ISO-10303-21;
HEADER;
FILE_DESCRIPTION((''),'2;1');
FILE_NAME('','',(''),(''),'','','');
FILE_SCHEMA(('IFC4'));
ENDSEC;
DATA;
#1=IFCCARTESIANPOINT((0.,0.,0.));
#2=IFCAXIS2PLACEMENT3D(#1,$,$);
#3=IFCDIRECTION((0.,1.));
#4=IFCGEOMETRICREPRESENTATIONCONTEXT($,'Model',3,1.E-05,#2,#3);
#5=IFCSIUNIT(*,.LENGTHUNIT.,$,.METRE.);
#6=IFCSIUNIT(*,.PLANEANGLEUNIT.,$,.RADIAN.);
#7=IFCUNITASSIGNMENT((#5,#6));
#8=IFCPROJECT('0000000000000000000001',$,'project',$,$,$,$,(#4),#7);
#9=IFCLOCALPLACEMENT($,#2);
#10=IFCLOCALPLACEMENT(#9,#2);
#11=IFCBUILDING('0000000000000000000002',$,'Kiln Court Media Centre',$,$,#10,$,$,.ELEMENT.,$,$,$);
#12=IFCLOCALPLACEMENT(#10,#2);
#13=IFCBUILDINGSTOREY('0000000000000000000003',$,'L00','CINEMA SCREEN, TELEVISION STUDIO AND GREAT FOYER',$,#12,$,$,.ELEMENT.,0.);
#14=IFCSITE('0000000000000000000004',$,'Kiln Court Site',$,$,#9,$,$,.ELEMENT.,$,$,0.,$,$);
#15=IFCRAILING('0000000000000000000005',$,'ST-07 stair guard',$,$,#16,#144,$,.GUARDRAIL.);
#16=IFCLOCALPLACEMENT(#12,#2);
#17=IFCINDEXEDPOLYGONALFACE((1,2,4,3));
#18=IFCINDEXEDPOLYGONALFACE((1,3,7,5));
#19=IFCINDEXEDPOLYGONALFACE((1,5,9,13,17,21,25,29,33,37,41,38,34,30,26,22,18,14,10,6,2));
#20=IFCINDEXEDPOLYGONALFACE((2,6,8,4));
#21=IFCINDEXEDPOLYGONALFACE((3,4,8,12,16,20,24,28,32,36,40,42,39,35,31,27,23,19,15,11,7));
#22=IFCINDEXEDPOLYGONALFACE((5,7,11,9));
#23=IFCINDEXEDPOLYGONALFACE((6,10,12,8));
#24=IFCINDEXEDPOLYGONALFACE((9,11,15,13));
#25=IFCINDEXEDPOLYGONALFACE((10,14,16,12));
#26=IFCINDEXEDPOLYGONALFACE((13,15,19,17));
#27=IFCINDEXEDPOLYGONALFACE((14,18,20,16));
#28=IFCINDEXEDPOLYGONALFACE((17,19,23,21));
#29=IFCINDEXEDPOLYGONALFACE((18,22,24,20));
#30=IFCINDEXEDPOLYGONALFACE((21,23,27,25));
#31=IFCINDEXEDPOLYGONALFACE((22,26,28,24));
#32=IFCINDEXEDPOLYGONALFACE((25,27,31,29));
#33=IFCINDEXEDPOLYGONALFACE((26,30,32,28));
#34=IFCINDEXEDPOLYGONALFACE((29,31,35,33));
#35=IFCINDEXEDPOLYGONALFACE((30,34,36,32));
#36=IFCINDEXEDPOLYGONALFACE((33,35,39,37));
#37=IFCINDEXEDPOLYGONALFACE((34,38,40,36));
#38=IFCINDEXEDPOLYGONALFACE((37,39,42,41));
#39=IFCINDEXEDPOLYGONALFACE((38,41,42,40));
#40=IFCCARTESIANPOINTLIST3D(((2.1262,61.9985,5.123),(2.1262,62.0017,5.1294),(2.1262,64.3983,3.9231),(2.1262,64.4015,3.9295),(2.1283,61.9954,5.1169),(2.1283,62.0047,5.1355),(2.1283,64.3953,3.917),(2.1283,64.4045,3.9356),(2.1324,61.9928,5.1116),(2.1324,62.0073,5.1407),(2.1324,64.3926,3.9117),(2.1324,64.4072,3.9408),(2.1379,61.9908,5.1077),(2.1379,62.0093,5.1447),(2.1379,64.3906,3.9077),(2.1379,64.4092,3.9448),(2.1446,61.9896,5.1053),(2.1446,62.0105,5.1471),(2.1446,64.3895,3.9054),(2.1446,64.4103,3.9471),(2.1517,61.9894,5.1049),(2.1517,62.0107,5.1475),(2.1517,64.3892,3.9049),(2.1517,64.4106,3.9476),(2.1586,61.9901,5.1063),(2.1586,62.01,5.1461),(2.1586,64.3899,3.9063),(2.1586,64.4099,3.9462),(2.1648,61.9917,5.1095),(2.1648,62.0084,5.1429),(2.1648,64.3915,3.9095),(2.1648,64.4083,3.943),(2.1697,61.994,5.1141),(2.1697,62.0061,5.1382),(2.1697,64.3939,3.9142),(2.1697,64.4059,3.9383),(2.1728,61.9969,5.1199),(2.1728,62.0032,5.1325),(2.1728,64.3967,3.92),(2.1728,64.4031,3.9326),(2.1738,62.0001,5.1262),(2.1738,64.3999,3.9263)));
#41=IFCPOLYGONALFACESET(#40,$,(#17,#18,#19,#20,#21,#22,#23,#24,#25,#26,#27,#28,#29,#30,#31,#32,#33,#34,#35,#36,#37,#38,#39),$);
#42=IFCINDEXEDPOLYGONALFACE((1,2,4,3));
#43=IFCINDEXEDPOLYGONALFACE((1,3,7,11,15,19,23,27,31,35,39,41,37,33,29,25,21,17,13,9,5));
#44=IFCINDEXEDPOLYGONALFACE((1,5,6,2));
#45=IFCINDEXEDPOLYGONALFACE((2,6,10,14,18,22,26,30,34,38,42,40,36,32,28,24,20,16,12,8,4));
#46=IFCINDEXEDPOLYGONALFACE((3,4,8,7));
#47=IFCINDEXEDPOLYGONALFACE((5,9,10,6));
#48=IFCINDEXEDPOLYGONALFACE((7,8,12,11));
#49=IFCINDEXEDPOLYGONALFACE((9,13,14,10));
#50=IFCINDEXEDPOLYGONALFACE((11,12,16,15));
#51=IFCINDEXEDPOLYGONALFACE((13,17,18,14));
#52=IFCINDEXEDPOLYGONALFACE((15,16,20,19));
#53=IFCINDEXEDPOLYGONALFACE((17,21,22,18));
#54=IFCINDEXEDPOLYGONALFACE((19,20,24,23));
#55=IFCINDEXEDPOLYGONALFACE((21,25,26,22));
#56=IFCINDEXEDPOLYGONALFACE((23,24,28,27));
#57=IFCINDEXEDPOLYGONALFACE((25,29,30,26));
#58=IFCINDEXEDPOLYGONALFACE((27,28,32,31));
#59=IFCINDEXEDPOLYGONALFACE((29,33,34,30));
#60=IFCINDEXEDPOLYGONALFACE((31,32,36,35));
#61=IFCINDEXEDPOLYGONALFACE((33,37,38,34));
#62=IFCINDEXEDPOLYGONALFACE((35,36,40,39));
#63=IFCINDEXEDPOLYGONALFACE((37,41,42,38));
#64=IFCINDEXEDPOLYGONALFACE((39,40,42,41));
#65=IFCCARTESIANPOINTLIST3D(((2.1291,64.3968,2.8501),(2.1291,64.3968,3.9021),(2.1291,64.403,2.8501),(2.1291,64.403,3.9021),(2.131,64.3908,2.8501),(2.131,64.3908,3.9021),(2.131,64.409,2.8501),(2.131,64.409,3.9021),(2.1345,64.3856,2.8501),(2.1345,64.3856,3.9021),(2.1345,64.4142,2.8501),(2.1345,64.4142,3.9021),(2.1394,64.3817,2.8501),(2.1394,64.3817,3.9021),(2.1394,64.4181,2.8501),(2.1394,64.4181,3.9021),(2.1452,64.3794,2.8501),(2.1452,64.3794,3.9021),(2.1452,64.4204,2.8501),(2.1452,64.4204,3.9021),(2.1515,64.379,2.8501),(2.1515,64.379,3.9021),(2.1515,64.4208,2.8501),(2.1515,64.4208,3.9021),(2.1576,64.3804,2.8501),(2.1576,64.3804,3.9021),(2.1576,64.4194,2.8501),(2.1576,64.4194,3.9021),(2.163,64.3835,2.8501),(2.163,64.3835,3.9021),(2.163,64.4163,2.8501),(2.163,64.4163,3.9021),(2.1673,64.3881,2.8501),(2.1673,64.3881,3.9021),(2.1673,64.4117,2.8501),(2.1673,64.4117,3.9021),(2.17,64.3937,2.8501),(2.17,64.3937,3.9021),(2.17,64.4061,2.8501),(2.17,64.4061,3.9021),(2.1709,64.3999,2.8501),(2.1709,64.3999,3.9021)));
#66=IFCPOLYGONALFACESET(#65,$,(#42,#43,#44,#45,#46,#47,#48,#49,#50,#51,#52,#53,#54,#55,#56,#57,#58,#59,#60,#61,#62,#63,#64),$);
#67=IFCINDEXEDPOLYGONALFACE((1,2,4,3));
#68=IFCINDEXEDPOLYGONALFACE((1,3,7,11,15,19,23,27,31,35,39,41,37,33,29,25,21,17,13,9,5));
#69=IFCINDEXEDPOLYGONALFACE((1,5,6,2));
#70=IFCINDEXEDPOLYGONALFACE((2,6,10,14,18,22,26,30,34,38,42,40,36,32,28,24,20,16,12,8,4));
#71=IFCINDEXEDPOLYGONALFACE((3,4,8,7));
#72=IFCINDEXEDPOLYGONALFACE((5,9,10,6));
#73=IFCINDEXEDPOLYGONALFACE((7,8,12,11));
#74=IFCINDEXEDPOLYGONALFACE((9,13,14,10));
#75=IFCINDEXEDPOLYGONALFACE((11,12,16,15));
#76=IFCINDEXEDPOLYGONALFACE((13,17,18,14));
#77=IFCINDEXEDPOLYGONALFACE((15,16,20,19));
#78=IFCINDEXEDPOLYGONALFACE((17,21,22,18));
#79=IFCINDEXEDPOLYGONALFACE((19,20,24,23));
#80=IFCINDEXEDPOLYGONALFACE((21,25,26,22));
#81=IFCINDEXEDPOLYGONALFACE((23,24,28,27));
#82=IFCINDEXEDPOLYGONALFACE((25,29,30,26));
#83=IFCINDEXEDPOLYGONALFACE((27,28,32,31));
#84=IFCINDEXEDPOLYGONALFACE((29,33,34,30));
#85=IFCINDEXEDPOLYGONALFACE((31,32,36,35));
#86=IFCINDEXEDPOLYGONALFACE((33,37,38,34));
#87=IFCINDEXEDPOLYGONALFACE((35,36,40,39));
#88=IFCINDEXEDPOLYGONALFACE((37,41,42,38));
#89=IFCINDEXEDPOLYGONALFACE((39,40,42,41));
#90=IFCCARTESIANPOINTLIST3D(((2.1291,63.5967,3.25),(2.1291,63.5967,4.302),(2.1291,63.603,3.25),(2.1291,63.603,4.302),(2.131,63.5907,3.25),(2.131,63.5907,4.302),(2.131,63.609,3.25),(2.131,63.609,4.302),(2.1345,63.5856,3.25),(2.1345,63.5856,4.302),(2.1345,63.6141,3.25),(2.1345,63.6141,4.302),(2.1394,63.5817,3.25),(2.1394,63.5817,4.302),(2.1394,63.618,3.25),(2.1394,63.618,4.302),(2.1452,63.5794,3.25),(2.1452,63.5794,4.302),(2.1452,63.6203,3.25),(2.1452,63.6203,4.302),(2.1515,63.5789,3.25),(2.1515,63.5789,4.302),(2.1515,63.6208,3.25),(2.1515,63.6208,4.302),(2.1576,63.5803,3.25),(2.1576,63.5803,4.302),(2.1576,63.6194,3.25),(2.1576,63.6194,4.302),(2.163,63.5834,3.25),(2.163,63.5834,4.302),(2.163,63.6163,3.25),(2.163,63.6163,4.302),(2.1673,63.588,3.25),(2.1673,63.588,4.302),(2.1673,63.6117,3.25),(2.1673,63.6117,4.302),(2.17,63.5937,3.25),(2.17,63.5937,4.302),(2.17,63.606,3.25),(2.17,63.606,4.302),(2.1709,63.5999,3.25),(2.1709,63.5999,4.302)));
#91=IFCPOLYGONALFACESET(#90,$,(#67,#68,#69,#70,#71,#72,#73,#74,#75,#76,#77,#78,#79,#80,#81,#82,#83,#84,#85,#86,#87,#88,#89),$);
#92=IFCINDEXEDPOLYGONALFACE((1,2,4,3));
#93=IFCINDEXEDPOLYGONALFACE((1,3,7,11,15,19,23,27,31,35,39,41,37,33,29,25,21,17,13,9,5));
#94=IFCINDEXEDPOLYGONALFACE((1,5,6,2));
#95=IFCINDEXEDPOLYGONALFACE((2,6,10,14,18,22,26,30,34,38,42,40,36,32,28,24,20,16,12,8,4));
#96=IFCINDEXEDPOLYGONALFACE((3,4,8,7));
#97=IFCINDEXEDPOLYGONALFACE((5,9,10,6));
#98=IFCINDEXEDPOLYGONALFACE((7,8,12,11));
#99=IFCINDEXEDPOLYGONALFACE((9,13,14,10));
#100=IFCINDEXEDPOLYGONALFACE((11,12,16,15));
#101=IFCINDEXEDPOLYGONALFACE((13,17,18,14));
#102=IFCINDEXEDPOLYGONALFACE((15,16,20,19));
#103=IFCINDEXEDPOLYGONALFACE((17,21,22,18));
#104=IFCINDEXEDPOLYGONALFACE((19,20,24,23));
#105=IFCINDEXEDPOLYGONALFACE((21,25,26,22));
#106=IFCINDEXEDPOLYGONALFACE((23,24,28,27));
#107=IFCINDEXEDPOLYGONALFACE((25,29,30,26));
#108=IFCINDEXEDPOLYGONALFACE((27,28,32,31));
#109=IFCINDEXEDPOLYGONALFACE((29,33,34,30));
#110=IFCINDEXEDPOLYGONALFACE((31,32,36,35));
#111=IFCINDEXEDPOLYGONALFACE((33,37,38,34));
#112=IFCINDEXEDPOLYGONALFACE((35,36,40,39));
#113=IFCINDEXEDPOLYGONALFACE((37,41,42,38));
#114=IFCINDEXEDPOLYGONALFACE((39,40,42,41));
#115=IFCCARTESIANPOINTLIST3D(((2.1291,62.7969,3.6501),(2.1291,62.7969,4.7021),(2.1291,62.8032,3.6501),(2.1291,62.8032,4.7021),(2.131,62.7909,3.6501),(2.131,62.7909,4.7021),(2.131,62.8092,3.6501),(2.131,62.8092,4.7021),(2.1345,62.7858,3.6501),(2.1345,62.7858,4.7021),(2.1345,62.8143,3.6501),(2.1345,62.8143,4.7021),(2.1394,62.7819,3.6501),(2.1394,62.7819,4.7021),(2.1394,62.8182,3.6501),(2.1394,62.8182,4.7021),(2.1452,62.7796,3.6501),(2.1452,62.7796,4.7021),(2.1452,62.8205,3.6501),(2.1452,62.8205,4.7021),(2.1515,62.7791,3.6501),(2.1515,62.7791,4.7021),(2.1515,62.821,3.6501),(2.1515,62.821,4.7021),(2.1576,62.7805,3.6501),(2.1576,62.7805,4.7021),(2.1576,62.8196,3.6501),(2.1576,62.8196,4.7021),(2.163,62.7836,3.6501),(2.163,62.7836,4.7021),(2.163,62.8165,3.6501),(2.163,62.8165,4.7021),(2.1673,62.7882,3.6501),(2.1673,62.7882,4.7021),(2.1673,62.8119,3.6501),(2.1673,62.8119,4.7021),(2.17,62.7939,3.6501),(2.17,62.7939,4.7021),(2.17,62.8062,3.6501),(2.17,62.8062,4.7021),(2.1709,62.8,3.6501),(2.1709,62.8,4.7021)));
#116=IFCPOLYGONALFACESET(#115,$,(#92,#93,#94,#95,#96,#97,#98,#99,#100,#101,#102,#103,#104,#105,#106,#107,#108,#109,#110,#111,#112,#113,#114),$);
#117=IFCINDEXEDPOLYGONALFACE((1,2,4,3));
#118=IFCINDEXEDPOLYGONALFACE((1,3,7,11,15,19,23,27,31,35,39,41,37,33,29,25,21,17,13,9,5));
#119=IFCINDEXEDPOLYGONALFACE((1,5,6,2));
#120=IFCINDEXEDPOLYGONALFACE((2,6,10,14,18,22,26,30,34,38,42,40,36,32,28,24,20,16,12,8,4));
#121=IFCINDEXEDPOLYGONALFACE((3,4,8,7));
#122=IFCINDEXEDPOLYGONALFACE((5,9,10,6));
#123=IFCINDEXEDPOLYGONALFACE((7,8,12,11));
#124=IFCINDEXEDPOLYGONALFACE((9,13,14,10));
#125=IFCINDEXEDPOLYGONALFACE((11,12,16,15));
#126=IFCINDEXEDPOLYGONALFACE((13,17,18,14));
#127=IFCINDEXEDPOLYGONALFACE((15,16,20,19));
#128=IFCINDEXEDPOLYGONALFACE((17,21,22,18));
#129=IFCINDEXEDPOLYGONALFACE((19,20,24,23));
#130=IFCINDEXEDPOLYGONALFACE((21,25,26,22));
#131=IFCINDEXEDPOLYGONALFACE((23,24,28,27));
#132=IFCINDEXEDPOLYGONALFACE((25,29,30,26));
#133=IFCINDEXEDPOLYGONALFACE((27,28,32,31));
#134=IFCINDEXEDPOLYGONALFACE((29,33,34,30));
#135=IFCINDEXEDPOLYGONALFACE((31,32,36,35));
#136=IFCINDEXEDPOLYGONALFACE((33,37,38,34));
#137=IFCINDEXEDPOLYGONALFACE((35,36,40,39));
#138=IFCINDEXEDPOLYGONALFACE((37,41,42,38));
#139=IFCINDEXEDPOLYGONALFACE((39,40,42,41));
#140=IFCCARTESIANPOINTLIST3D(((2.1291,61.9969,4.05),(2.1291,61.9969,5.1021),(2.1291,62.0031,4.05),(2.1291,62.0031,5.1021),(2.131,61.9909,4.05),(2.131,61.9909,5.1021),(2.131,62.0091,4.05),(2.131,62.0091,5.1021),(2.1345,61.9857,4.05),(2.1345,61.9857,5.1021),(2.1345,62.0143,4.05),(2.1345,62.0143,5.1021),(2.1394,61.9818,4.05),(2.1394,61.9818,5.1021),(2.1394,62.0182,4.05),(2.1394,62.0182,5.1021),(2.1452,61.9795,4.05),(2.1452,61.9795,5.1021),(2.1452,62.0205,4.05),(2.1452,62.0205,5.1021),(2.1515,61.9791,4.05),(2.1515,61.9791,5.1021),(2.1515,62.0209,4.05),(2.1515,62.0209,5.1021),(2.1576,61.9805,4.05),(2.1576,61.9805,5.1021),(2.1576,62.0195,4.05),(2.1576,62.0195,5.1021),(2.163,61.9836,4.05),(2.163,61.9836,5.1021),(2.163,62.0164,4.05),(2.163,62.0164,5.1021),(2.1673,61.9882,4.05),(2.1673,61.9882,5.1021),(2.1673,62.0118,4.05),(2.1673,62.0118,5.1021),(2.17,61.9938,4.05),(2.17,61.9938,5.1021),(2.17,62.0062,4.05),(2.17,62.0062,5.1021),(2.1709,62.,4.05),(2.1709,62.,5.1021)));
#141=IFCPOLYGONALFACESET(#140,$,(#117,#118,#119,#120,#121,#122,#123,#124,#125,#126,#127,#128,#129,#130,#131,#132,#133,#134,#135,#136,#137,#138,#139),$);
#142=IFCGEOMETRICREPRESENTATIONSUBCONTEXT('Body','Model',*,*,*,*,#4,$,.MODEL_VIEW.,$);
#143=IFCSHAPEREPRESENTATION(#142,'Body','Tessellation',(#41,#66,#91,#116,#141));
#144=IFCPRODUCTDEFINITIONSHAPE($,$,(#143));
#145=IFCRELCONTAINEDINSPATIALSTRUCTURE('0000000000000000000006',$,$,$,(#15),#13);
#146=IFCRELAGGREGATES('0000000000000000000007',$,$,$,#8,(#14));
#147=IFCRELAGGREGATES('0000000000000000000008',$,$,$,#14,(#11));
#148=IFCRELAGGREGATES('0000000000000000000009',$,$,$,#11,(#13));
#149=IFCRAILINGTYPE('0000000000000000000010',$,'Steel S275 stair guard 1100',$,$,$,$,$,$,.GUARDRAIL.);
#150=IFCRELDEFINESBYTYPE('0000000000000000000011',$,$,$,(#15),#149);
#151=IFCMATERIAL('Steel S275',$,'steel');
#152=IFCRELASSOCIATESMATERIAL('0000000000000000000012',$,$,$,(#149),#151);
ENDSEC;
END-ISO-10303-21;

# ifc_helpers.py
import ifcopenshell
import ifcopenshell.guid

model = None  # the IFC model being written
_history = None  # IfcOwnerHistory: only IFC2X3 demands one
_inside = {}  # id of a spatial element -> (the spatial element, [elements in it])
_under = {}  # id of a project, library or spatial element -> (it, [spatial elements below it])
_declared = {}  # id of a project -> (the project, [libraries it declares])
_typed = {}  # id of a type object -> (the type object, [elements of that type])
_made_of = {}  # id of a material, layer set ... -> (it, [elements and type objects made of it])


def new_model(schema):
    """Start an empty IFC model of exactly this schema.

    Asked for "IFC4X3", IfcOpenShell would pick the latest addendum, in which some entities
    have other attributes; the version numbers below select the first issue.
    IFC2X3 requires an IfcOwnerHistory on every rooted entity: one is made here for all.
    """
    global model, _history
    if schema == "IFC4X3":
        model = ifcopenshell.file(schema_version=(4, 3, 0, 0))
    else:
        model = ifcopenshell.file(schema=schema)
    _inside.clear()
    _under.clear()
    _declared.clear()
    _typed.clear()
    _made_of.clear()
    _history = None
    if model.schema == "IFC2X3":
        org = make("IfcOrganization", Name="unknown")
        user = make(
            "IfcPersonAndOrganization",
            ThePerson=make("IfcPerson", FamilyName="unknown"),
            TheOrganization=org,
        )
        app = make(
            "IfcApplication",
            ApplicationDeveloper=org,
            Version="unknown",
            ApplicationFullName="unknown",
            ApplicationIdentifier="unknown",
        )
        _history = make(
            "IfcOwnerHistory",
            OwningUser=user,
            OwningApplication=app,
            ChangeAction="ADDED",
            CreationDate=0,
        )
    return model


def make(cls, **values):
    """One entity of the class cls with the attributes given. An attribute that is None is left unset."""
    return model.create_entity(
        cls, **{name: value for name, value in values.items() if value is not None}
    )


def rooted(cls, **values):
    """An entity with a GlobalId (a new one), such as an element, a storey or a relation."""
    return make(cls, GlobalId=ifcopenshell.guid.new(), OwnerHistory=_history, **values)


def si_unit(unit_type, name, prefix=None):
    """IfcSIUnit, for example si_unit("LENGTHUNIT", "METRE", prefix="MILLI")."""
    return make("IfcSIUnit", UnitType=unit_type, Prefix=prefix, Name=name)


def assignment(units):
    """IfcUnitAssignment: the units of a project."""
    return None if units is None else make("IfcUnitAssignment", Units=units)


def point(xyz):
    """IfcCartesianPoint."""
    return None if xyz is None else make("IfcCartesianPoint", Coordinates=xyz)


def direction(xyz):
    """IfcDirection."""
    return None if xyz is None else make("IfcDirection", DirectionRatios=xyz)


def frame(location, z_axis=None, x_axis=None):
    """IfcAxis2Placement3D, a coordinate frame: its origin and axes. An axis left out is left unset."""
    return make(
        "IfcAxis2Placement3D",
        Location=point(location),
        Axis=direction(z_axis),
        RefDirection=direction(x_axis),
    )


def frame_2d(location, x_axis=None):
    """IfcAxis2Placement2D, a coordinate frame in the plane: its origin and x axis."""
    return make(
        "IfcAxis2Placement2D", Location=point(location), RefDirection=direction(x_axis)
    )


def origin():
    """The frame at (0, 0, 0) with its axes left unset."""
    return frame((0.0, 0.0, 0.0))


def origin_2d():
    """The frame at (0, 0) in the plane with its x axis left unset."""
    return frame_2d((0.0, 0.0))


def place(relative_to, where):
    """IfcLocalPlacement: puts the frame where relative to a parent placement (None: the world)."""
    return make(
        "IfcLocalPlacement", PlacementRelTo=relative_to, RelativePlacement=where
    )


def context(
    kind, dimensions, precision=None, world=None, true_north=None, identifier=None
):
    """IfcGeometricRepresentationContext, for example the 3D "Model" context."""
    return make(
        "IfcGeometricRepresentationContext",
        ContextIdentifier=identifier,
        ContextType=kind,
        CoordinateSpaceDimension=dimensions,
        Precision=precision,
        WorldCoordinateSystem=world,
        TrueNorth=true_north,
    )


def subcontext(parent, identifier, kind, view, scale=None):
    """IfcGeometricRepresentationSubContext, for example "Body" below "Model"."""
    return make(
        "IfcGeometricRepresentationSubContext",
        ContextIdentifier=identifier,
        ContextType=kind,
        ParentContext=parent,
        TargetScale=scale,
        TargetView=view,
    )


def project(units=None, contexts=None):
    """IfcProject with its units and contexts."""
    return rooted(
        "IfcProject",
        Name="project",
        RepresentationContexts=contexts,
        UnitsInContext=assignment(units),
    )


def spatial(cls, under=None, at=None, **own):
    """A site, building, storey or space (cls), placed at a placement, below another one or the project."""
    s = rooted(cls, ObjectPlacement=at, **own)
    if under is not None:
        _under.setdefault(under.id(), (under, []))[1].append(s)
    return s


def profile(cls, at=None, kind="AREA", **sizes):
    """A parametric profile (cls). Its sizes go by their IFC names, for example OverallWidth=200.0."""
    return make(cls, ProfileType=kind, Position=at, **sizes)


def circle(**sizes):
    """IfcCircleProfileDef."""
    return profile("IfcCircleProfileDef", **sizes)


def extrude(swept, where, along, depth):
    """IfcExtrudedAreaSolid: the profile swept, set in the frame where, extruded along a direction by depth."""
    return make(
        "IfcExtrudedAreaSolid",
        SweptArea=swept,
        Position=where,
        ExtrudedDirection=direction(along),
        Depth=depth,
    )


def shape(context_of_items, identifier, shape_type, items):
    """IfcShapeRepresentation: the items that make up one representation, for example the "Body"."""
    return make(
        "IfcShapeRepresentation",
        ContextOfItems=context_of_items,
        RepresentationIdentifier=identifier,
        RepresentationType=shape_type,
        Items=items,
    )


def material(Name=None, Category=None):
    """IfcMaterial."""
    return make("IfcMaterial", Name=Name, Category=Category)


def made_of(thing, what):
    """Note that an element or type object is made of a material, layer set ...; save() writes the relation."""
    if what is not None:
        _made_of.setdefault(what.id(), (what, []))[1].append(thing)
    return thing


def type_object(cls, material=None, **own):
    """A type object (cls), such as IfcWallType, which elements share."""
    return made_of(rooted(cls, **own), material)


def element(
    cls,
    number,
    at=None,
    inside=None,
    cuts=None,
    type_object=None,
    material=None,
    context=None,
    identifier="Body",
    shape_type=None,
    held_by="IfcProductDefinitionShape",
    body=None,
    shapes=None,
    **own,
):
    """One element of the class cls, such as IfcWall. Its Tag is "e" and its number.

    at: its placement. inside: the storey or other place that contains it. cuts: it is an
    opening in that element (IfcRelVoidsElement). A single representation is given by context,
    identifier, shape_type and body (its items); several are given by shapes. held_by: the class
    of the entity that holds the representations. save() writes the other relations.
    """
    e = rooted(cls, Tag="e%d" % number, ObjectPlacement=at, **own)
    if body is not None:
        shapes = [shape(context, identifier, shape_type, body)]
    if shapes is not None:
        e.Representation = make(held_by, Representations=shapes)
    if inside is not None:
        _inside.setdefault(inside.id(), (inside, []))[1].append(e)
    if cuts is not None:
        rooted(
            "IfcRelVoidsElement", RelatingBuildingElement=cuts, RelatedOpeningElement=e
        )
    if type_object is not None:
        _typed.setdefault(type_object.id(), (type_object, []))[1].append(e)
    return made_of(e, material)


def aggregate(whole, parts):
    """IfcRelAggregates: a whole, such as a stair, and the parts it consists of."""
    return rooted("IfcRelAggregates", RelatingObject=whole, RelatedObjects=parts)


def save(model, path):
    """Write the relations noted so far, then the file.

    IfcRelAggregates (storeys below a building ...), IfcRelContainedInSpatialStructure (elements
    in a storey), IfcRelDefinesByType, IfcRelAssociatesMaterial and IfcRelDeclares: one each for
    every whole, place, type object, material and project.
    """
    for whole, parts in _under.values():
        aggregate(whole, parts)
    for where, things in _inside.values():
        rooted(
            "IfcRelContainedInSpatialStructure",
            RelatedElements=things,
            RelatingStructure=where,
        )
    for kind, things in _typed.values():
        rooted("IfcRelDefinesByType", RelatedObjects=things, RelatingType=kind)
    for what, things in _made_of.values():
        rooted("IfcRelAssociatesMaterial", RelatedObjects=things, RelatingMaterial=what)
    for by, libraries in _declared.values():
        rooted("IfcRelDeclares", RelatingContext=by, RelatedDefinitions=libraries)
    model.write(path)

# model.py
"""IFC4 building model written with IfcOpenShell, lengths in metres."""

from ifc_helpers import new_model, si_unit, direction, frame, origin, origin_2d, place, context, subcontext, project, spatial, circle, extrude, material, type_object, element, save


model = new_model("IFC4")

# Units and contexts
model_context = context("Model", 3, precision=1e-05, world=origin(), true_north=direction((0.0, 1.0)))
body_context = subcontext(model_context, "Body", "Model", "MODEL_VIEW")
ifc_project = project(units=[si_unit("LENGTHUNIT", "METRE"), si_unit("PLANEANGLEUNIT", "RADIAN")], contexts=[model_context])

# Site, building, storey
site_placement = place(None, origin())
site = spatial("IfcSite", under=ifc_project, at=site_placement, Name="Kiln Court Site", CompositionType="ELEMENT", RefElevation=0.0)
building_placement = place(site_placement, origin())
building = spatial("IfcBuilding", under=site, at=building_placement, Name="Kiln Court Media Centre", CompositionType="ELEMENT")
storey_placement = place(building_placement, origin())
storey = spatial("IfcBuildingStorey", under=building, at=storey_placement, Name="L00", Description="CINEMA SCREEN, TELEVISION STUDIO AND GREAT FOYER", CompositionType="ELEMENT", Elevation=0.0)

# Railing
ifc_material_1 = material(Name="Steel S275", Category="steel")
railing_type_1 = type_object("IfcRailingType", Name="Steel S275 stair guard 1100", PredefinedType="GUARDRAIL", material=ifc_material_1)
railing_1_placement = place(storey_placement, frame((2.1499, 64.3999, 2.8501)))
element("IfcRailing", 1, at=railing_1_placement, inside=storey, type_object=railing_type_1, Name="ST-07 stair guard", PredefinedType="GUARDRAIL", context=body_context, shape_type="SweptSolid", body=[
    extrude(circle(Radius=0.0239, at=origin_2d()), frame((0.0, 0.0, 1.0762), z_axis=(0.0, -0.894427, 0.447214), x_axis=(1.0, 0.0, 0.0)), (0.0, 0.0, 1.0), 2.6831),
    extrude(circle(Radius=0.021, at=origin_2d()), origin(), (0.0, 0.0, 1.0), 1.052),
    extrude(circle(Radius=0.021, at=origin_2d()), frame((0.0, -0.8, 0.3999)), (0.0, 0.0, 1.0), 1.052),
    extrude(circle(Radius=0.021, at=origin_2d()), frame((0.0, -1.5999, 0.8)), (0.0, 0.0, 1.0), 1.052),
    extrude(circle(Radius=0.021, at=origin_2d()), frame((0.0, -2.3999, 1.2)), (0.0, 0.0, 1.0), 1.052),
])

save(model, "model.ifc")
